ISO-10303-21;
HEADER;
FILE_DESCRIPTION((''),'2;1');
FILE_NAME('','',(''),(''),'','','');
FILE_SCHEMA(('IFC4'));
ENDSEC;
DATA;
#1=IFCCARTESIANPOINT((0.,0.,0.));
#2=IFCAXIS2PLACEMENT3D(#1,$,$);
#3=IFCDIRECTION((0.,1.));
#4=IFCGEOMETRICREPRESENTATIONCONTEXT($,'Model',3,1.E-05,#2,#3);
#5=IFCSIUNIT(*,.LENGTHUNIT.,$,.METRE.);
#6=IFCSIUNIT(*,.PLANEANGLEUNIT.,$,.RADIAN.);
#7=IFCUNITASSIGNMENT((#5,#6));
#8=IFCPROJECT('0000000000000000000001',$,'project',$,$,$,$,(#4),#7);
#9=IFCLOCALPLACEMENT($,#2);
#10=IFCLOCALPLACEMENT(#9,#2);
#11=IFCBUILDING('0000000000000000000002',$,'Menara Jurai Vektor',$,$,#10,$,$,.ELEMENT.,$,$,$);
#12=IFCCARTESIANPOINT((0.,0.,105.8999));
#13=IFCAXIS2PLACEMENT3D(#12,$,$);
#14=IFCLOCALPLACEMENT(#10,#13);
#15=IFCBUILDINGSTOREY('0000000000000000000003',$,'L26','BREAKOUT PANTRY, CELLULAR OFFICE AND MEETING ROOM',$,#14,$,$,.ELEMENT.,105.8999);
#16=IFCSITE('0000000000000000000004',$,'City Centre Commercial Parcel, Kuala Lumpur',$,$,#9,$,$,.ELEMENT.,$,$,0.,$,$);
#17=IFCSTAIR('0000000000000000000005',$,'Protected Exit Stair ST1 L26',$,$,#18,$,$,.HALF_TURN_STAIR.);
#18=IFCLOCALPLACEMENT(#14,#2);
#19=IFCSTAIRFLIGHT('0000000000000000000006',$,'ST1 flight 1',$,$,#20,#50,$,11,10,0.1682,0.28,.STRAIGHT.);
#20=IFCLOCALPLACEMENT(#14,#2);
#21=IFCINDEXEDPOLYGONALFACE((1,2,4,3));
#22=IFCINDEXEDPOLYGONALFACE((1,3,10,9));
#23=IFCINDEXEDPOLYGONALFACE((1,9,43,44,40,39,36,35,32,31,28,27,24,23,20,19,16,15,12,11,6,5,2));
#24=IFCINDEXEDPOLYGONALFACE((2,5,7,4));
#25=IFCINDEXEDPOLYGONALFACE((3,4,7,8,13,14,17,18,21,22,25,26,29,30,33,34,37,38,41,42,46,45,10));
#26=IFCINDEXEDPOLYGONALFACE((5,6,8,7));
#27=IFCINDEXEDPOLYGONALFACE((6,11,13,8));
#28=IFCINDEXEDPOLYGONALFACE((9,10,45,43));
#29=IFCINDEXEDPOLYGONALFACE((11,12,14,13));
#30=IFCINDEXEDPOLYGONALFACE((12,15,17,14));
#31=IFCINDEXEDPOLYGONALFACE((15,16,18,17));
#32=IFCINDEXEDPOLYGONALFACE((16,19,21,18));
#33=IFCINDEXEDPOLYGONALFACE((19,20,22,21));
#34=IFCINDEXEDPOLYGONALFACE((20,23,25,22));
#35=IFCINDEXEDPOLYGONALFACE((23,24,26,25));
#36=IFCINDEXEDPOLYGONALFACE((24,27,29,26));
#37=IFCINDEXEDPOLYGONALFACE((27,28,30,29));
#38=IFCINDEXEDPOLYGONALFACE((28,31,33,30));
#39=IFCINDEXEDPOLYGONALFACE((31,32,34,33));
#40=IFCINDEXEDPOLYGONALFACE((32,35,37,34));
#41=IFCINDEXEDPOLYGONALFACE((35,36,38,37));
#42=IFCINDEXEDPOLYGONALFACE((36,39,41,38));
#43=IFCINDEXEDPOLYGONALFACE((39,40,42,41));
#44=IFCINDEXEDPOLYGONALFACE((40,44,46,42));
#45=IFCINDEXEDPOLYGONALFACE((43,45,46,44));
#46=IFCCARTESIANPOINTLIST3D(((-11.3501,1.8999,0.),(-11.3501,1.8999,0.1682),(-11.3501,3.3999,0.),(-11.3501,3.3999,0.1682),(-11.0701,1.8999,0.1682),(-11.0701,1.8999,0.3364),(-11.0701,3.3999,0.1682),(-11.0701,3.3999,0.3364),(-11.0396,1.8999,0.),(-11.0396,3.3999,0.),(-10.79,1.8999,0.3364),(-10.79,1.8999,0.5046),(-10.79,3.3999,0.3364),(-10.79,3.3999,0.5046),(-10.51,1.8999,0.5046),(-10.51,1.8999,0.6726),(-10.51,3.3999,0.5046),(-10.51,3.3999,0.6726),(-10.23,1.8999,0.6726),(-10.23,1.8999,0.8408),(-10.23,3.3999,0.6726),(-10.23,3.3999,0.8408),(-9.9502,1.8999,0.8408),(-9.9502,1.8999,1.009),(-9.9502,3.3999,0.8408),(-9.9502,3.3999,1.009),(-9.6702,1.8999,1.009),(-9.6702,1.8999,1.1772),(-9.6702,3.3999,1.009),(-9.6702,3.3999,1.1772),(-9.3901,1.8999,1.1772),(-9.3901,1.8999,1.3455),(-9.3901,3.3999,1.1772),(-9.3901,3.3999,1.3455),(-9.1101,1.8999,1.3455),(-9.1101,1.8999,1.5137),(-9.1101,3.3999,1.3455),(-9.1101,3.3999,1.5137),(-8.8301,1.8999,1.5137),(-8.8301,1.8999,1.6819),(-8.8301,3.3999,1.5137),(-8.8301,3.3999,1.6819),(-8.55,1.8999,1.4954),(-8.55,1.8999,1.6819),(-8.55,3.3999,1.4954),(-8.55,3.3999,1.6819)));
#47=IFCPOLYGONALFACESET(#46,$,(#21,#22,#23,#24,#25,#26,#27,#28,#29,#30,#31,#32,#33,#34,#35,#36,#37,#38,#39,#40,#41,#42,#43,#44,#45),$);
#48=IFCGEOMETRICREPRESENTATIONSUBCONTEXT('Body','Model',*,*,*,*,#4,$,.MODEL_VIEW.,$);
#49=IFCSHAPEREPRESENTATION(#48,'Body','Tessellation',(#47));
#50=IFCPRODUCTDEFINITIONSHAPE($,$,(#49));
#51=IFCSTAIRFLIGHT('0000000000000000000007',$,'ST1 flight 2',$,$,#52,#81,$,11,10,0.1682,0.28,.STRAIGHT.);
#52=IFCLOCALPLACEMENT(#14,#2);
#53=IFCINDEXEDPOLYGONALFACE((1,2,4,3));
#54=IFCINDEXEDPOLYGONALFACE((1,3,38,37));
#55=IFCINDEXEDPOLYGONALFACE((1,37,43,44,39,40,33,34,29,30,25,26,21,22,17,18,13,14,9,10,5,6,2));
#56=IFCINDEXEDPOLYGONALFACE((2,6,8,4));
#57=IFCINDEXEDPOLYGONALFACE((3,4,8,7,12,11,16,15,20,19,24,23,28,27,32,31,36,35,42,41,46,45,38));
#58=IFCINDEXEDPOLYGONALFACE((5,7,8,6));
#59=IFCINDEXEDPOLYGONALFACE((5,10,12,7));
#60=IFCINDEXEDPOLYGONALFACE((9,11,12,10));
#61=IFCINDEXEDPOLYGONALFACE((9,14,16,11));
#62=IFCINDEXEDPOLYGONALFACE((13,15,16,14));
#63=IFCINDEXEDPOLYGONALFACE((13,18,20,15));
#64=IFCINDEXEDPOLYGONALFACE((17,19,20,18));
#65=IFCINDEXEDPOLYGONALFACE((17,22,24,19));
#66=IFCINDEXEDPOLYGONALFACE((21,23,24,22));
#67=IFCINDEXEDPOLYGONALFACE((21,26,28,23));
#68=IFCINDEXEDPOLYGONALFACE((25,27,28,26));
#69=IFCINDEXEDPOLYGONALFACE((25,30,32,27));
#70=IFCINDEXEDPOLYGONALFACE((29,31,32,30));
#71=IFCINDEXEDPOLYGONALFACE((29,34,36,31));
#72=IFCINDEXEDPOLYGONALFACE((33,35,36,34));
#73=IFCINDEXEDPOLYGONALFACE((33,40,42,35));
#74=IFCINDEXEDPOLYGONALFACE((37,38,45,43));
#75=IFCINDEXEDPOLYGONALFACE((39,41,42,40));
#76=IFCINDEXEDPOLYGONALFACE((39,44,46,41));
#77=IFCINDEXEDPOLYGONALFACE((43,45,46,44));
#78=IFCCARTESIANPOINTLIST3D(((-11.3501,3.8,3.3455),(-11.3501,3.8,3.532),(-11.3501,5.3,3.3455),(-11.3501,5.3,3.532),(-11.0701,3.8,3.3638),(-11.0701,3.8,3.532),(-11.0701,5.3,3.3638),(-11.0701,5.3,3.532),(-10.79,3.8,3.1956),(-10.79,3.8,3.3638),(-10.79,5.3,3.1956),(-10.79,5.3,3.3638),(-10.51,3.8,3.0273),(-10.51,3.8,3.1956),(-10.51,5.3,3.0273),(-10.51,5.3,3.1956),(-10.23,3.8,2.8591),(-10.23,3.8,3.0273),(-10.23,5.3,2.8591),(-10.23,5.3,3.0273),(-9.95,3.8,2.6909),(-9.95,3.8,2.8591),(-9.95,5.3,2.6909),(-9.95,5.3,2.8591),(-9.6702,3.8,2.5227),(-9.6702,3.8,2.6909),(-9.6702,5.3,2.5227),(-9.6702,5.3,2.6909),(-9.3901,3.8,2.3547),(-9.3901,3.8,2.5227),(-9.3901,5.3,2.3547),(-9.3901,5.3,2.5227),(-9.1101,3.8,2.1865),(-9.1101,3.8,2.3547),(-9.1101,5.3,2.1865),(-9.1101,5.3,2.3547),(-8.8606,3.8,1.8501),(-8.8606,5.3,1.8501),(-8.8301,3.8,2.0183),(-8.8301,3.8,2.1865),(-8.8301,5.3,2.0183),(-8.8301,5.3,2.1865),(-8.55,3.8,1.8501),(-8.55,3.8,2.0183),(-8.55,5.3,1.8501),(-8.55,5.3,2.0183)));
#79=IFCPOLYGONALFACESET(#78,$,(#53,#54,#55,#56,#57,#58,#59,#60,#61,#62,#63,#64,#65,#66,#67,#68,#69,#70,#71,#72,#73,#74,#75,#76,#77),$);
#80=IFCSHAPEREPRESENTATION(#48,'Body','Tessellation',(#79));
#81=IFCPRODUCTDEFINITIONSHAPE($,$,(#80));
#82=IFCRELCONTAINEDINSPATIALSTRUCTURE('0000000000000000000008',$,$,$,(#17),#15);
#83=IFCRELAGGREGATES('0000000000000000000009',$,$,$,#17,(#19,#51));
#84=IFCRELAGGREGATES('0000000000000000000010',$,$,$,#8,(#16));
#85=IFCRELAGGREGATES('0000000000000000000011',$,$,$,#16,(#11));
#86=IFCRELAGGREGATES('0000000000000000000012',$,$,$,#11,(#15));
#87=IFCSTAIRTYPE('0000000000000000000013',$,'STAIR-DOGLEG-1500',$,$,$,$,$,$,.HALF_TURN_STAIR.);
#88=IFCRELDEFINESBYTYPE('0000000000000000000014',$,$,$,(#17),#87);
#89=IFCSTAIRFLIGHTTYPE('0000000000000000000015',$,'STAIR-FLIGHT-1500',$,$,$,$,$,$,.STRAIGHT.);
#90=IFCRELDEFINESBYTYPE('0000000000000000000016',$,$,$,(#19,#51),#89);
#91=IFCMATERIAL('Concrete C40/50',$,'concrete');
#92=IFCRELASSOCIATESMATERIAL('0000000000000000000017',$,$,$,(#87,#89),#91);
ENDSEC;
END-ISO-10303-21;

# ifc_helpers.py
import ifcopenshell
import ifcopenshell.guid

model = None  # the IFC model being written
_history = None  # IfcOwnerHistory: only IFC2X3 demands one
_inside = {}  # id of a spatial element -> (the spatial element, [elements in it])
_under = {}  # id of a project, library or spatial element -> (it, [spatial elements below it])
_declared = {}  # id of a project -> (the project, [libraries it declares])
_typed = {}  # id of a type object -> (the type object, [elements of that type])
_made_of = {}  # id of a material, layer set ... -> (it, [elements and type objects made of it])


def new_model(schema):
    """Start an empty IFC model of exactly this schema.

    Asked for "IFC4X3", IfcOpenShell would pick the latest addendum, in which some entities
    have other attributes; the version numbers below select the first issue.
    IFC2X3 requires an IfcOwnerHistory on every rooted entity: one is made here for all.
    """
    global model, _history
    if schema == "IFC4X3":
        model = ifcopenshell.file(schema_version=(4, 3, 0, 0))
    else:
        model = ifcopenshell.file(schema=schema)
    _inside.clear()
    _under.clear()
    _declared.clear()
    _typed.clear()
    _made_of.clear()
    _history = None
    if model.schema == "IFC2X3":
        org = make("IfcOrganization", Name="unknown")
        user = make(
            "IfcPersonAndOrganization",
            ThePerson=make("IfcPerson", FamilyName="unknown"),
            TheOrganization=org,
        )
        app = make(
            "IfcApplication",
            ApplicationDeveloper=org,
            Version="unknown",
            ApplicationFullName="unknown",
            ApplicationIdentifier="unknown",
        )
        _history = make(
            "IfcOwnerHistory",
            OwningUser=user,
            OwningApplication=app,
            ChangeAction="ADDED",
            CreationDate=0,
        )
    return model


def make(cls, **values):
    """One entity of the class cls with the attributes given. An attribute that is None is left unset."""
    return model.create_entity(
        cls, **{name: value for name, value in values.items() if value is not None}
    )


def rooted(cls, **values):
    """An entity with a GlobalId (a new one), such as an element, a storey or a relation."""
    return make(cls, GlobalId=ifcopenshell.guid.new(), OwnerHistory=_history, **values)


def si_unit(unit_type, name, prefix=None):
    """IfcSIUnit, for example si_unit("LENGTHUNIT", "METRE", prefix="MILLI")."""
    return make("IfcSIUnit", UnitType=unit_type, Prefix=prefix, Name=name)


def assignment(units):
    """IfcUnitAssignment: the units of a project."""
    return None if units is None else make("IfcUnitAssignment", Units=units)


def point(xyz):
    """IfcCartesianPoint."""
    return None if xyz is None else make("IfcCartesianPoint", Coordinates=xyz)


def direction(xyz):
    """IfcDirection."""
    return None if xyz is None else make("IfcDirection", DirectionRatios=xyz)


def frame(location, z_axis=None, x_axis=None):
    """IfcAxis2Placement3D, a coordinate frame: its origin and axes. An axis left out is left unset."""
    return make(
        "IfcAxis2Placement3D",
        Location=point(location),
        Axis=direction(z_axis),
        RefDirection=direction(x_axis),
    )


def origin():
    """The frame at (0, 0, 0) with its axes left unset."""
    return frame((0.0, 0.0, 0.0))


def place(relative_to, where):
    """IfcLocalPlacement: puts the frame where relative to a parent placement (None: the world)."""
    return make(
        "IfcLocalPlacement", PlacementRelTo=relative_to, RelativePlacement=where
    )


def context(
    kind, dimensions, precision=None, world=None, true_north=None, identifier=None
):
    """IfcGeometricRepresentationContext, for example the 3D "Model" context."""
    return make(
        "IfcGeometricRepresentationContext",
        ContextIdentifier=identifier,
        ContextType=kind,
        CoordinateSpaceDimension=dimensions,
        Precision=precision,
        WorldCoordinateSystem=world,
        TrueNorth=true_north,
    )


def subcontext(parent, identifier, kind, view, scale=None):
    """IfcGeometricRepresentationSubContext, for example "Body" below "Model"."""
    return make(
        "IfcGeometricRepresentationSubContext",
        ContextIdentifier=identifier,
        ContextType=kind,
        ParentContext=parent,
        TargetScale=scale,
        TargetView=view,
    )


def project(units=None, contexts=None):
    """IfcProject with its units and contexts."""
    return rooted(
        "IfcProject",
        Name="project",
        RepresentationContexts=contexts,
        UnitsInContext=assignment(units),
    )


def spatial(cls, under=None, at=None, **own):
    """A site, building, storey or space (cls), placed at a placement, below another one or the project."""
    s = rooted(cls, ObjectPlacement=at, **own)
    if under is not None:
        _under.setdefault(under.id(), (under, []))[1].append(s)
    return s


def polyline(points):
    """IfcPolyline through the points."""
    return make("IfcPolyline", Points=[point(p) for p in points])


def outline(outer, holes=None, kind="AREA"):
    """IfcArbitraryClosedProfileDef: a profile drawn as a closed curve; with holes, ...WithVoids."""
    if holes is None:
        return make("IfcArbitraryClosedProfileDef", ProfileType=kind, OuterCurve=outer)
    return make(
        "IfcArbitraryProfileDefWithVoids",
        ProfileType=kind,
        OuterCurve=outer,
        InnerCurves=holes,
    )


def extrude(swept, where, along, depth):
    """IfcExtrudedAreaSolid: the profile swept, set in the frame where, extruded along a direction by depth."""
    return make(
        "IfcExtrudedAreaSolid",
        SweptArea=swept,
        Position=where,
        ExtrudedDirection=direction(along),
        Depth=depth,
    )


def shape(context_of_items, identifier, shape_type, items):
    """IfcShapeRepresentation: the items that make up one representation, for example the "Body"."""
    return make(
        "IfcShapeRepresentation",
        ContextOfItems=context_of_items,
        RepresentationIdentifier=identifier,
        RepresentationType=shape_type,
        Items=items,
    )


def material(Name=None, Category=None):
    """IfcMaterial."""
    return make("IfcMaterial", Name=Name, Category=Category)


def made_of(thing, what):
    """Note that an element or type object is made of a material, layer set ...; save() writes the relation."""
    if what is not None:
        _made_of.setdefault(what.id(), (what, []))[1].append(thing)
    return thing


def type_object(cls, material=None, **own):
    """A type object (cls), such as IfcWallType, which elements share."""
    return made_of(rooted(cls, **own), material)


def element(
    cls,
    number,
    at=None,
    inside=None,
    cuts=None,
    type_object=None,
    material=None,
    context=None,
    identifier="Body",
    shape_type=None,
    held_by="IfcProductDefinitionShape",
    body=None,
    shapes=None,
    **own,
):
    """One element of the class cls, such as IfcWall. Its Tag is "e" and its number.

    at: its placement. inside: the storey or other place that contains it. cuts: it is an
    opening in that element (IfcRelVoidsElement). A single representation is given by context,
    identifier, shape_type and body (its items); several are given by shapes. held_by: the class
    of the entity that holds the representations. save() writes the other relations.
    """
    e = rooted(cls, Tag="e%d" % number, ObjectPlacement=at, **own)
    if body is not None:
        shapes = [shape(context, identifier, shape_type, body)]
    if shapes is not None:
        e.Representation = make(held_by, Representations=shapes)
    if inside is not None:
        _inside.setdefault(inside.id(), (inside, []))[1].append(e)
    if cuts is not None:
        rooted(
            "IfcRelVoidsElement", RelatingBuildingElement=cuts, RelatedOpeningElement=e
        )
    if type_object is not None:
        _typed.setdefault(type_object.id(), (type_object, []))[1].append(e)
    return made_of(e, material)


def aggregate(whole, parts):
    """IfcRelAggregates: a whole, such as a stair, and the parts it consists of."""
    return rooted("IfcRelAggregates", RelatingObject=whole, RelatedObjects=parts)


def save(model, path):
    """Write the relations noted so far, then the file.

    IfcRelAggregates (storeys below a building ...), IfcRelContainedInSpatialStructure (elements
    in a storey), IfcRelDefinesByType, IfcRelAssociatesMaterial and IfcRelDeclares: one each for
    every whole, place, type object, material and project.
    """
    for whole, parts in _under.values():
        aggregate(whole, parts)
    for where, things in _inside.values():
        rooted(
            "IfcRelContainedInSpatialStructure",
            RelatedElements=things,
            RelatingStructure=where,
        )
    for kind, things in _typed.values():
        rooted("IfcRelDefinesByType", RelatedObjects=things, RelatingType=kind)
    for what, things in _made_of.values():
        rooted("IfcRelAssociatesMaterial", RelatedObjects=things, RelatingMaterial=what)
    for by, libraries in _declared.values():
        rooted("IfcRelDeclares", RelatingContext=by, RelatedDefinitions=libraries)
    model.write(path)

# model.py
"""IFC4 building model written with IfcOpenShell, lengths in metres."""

from ifc_helpers import new_model, si_unit, direction, frame, origin, place, context, subcontext, project, spatial, polyline, outline, extrude, material, type_object, element, aggregate, save


model = new_model("IFC4")

# Units and contexts
model_context = context("Model", 3, precision=1e-05, world=origin(), true_north=direction((0.0, 1.0)))
body_context = subcontext(model_context, "Body", "Model", "MODEL_VIEW")
ifc_project = project(units=[si_unit("LENGTHUNIT", "METRE"), si_unit("PLANEANGLEUNIT", "RADIAN")], contexts=[model_context])

# Site, building, storey
site_placement = place(None, origin())
site = spatial("IfcSite", under=ifc_project, at=site_placement, Name="City Centre Commercial Parcel, Kuala Lumpur", CompositionType="ELEMENT", RefElevation=0.0)
building_placement = place(site_placement, origin())
building = spatial("IfcBuilding", under=site, at=building_placement, Name="Menara Jurai Vektor", CompositionType="ELEMENT")
storey_placement = place(building_placement, frame((0.0, 0.0, 105.8999)))
storey = spatial("IfcBuildingStorey", under=building, at=storey_placement, Name="L26", Description="BREAKOUT PANTRY, CELLULAR OFFICE AND MEETING ROOM", CompositionType="ELEMENT", Elevation=105.8999)

# Shared definitions
ifc_material_1 = material(Name="Concrete C40/50", Category="concrete")
stair_type = type_object("IfcStairType", Name="STAIR-DOGLEG-1500", PredefinedType="HALF_TURN_STAIR", material=ifc_material_1)

# Stair, stair flights
stair_1_placement = place(storey_placement, origin())
stair_1 = element("IfcStair", 1, at=stair_1_placement, inside=storey, type_object=stair_type, Name="Protected Exit Stair ST1 L26", PredefinedType="HALF_TURN_STAIR")
stair_flight_type = type_object("IfcStairFlightType", Name="STAIR-FLIGHT-1500", PredefinedType="STRAIGHT", material=ifc_material_1)
stair_flight_1_placement = place(storey_placement, frame((-11.3501, 2.6499, 0.0), z_axis=(0.0, 0.0, 1.0), x_axis=(1.0, 0.0, 0.0)))
stair_flight_1 = element("IfcStairFlight", 2, at=stair_flight_1_placement, type_object=stair_flight_type, Name="ST1 flight 1", NumberOfRisers=11, NumberOfTreads=10, PredefinedType="STRAIGHT", RiserHeight=0.1682, TreadLength=0.28, context=body_context, shape_type="SweptSolid", body=[
    extrude(outline(polyline([(0.0, 0.0), (0.0, 0.1682), (0.28, 0.1682), (0.28, 0.3364), (0.5601, 0.3364), (0.5601, 0.5046), (0.8401, 0.5046), (0.8401, 0.6726), (1.1201, 0.6726), (1.1201, 0.8408), (1.3999, 0.8408), (1.3999, 1.009), (1.6799, 1.009), (1.6799, 1.1772), (1.96, 1.1772), (1.96, 1.3455), (2.24, 1.3455), (2.24, 1.5137), (2.52, 1.5137), (2.52, 1.6819), (2.8, 1.6819), (2.8, 1.8501), (2.8, 1.4954), (0.3105, 0.0), (0.0, 0.0)])), frame((0.0, 0.75, 0.0), z_axis=(0.0, -1.0, 0.0), x_axis=(1.0, 0.0, 0.0)), (0.0, 0.0, 1.0), 1.5),
])
stair_flight_2_placement = place(storey_placement, frame((-8.55, 4.55, 1.8501), z_axis=(0.0, 0.0, 1.0), x_axis=(-1.0, 0.0, 0.0)))
stair_flight_2 = element("IfcStairFlight", 3, at=stair_flight_2_placement, type_object=stair_flight_type, Name="ST1 flight 2", NumberOfRisers=11, NumberOfTreads=10, PredefinedType="STRAIGHT", RiserHeight=0.1682, TreadLength=0.28, context=body_context, shape_type="SweptSolid", body=[
    extrude(outline(polyline([(0.0, 0.0), (0.0, 0.1682), (0.28, 0.1682), (0.28, 0.3364), (0.5601, 0.3364), (0.5601, 0.5046), (0.8401, 0.5046), (0.8401, 0.6726), (1.1201, 0.6726), (1.1201, 0.8408), (1.3999, 0.8408), (1.3999, 1.009), (1.6799, 1.009), (1.6799, 1.1772), (1.96, 1.1772), (1.96, 1.3455), (2.24, 1.3455), (2.24, 1.5137), (2.52, 1.5137), (2.52, 1.6819), (2.8, 1.6819), (2.8, 1.8501), (2.8, 1.4954), (0.3105, 0.0), (0.0, 0.0)])), frame((0.0, 0.75, 0.0), z_axis=(0.0, -1.0, 0.0), x_axis=(1.0, 0.0, 0.0)), (0.0, 0.0, 1.0), 1.5),
])
aggregate(stair_1, [stair_flight_1, stair_flight_2])

save(model, "model.ifc")
